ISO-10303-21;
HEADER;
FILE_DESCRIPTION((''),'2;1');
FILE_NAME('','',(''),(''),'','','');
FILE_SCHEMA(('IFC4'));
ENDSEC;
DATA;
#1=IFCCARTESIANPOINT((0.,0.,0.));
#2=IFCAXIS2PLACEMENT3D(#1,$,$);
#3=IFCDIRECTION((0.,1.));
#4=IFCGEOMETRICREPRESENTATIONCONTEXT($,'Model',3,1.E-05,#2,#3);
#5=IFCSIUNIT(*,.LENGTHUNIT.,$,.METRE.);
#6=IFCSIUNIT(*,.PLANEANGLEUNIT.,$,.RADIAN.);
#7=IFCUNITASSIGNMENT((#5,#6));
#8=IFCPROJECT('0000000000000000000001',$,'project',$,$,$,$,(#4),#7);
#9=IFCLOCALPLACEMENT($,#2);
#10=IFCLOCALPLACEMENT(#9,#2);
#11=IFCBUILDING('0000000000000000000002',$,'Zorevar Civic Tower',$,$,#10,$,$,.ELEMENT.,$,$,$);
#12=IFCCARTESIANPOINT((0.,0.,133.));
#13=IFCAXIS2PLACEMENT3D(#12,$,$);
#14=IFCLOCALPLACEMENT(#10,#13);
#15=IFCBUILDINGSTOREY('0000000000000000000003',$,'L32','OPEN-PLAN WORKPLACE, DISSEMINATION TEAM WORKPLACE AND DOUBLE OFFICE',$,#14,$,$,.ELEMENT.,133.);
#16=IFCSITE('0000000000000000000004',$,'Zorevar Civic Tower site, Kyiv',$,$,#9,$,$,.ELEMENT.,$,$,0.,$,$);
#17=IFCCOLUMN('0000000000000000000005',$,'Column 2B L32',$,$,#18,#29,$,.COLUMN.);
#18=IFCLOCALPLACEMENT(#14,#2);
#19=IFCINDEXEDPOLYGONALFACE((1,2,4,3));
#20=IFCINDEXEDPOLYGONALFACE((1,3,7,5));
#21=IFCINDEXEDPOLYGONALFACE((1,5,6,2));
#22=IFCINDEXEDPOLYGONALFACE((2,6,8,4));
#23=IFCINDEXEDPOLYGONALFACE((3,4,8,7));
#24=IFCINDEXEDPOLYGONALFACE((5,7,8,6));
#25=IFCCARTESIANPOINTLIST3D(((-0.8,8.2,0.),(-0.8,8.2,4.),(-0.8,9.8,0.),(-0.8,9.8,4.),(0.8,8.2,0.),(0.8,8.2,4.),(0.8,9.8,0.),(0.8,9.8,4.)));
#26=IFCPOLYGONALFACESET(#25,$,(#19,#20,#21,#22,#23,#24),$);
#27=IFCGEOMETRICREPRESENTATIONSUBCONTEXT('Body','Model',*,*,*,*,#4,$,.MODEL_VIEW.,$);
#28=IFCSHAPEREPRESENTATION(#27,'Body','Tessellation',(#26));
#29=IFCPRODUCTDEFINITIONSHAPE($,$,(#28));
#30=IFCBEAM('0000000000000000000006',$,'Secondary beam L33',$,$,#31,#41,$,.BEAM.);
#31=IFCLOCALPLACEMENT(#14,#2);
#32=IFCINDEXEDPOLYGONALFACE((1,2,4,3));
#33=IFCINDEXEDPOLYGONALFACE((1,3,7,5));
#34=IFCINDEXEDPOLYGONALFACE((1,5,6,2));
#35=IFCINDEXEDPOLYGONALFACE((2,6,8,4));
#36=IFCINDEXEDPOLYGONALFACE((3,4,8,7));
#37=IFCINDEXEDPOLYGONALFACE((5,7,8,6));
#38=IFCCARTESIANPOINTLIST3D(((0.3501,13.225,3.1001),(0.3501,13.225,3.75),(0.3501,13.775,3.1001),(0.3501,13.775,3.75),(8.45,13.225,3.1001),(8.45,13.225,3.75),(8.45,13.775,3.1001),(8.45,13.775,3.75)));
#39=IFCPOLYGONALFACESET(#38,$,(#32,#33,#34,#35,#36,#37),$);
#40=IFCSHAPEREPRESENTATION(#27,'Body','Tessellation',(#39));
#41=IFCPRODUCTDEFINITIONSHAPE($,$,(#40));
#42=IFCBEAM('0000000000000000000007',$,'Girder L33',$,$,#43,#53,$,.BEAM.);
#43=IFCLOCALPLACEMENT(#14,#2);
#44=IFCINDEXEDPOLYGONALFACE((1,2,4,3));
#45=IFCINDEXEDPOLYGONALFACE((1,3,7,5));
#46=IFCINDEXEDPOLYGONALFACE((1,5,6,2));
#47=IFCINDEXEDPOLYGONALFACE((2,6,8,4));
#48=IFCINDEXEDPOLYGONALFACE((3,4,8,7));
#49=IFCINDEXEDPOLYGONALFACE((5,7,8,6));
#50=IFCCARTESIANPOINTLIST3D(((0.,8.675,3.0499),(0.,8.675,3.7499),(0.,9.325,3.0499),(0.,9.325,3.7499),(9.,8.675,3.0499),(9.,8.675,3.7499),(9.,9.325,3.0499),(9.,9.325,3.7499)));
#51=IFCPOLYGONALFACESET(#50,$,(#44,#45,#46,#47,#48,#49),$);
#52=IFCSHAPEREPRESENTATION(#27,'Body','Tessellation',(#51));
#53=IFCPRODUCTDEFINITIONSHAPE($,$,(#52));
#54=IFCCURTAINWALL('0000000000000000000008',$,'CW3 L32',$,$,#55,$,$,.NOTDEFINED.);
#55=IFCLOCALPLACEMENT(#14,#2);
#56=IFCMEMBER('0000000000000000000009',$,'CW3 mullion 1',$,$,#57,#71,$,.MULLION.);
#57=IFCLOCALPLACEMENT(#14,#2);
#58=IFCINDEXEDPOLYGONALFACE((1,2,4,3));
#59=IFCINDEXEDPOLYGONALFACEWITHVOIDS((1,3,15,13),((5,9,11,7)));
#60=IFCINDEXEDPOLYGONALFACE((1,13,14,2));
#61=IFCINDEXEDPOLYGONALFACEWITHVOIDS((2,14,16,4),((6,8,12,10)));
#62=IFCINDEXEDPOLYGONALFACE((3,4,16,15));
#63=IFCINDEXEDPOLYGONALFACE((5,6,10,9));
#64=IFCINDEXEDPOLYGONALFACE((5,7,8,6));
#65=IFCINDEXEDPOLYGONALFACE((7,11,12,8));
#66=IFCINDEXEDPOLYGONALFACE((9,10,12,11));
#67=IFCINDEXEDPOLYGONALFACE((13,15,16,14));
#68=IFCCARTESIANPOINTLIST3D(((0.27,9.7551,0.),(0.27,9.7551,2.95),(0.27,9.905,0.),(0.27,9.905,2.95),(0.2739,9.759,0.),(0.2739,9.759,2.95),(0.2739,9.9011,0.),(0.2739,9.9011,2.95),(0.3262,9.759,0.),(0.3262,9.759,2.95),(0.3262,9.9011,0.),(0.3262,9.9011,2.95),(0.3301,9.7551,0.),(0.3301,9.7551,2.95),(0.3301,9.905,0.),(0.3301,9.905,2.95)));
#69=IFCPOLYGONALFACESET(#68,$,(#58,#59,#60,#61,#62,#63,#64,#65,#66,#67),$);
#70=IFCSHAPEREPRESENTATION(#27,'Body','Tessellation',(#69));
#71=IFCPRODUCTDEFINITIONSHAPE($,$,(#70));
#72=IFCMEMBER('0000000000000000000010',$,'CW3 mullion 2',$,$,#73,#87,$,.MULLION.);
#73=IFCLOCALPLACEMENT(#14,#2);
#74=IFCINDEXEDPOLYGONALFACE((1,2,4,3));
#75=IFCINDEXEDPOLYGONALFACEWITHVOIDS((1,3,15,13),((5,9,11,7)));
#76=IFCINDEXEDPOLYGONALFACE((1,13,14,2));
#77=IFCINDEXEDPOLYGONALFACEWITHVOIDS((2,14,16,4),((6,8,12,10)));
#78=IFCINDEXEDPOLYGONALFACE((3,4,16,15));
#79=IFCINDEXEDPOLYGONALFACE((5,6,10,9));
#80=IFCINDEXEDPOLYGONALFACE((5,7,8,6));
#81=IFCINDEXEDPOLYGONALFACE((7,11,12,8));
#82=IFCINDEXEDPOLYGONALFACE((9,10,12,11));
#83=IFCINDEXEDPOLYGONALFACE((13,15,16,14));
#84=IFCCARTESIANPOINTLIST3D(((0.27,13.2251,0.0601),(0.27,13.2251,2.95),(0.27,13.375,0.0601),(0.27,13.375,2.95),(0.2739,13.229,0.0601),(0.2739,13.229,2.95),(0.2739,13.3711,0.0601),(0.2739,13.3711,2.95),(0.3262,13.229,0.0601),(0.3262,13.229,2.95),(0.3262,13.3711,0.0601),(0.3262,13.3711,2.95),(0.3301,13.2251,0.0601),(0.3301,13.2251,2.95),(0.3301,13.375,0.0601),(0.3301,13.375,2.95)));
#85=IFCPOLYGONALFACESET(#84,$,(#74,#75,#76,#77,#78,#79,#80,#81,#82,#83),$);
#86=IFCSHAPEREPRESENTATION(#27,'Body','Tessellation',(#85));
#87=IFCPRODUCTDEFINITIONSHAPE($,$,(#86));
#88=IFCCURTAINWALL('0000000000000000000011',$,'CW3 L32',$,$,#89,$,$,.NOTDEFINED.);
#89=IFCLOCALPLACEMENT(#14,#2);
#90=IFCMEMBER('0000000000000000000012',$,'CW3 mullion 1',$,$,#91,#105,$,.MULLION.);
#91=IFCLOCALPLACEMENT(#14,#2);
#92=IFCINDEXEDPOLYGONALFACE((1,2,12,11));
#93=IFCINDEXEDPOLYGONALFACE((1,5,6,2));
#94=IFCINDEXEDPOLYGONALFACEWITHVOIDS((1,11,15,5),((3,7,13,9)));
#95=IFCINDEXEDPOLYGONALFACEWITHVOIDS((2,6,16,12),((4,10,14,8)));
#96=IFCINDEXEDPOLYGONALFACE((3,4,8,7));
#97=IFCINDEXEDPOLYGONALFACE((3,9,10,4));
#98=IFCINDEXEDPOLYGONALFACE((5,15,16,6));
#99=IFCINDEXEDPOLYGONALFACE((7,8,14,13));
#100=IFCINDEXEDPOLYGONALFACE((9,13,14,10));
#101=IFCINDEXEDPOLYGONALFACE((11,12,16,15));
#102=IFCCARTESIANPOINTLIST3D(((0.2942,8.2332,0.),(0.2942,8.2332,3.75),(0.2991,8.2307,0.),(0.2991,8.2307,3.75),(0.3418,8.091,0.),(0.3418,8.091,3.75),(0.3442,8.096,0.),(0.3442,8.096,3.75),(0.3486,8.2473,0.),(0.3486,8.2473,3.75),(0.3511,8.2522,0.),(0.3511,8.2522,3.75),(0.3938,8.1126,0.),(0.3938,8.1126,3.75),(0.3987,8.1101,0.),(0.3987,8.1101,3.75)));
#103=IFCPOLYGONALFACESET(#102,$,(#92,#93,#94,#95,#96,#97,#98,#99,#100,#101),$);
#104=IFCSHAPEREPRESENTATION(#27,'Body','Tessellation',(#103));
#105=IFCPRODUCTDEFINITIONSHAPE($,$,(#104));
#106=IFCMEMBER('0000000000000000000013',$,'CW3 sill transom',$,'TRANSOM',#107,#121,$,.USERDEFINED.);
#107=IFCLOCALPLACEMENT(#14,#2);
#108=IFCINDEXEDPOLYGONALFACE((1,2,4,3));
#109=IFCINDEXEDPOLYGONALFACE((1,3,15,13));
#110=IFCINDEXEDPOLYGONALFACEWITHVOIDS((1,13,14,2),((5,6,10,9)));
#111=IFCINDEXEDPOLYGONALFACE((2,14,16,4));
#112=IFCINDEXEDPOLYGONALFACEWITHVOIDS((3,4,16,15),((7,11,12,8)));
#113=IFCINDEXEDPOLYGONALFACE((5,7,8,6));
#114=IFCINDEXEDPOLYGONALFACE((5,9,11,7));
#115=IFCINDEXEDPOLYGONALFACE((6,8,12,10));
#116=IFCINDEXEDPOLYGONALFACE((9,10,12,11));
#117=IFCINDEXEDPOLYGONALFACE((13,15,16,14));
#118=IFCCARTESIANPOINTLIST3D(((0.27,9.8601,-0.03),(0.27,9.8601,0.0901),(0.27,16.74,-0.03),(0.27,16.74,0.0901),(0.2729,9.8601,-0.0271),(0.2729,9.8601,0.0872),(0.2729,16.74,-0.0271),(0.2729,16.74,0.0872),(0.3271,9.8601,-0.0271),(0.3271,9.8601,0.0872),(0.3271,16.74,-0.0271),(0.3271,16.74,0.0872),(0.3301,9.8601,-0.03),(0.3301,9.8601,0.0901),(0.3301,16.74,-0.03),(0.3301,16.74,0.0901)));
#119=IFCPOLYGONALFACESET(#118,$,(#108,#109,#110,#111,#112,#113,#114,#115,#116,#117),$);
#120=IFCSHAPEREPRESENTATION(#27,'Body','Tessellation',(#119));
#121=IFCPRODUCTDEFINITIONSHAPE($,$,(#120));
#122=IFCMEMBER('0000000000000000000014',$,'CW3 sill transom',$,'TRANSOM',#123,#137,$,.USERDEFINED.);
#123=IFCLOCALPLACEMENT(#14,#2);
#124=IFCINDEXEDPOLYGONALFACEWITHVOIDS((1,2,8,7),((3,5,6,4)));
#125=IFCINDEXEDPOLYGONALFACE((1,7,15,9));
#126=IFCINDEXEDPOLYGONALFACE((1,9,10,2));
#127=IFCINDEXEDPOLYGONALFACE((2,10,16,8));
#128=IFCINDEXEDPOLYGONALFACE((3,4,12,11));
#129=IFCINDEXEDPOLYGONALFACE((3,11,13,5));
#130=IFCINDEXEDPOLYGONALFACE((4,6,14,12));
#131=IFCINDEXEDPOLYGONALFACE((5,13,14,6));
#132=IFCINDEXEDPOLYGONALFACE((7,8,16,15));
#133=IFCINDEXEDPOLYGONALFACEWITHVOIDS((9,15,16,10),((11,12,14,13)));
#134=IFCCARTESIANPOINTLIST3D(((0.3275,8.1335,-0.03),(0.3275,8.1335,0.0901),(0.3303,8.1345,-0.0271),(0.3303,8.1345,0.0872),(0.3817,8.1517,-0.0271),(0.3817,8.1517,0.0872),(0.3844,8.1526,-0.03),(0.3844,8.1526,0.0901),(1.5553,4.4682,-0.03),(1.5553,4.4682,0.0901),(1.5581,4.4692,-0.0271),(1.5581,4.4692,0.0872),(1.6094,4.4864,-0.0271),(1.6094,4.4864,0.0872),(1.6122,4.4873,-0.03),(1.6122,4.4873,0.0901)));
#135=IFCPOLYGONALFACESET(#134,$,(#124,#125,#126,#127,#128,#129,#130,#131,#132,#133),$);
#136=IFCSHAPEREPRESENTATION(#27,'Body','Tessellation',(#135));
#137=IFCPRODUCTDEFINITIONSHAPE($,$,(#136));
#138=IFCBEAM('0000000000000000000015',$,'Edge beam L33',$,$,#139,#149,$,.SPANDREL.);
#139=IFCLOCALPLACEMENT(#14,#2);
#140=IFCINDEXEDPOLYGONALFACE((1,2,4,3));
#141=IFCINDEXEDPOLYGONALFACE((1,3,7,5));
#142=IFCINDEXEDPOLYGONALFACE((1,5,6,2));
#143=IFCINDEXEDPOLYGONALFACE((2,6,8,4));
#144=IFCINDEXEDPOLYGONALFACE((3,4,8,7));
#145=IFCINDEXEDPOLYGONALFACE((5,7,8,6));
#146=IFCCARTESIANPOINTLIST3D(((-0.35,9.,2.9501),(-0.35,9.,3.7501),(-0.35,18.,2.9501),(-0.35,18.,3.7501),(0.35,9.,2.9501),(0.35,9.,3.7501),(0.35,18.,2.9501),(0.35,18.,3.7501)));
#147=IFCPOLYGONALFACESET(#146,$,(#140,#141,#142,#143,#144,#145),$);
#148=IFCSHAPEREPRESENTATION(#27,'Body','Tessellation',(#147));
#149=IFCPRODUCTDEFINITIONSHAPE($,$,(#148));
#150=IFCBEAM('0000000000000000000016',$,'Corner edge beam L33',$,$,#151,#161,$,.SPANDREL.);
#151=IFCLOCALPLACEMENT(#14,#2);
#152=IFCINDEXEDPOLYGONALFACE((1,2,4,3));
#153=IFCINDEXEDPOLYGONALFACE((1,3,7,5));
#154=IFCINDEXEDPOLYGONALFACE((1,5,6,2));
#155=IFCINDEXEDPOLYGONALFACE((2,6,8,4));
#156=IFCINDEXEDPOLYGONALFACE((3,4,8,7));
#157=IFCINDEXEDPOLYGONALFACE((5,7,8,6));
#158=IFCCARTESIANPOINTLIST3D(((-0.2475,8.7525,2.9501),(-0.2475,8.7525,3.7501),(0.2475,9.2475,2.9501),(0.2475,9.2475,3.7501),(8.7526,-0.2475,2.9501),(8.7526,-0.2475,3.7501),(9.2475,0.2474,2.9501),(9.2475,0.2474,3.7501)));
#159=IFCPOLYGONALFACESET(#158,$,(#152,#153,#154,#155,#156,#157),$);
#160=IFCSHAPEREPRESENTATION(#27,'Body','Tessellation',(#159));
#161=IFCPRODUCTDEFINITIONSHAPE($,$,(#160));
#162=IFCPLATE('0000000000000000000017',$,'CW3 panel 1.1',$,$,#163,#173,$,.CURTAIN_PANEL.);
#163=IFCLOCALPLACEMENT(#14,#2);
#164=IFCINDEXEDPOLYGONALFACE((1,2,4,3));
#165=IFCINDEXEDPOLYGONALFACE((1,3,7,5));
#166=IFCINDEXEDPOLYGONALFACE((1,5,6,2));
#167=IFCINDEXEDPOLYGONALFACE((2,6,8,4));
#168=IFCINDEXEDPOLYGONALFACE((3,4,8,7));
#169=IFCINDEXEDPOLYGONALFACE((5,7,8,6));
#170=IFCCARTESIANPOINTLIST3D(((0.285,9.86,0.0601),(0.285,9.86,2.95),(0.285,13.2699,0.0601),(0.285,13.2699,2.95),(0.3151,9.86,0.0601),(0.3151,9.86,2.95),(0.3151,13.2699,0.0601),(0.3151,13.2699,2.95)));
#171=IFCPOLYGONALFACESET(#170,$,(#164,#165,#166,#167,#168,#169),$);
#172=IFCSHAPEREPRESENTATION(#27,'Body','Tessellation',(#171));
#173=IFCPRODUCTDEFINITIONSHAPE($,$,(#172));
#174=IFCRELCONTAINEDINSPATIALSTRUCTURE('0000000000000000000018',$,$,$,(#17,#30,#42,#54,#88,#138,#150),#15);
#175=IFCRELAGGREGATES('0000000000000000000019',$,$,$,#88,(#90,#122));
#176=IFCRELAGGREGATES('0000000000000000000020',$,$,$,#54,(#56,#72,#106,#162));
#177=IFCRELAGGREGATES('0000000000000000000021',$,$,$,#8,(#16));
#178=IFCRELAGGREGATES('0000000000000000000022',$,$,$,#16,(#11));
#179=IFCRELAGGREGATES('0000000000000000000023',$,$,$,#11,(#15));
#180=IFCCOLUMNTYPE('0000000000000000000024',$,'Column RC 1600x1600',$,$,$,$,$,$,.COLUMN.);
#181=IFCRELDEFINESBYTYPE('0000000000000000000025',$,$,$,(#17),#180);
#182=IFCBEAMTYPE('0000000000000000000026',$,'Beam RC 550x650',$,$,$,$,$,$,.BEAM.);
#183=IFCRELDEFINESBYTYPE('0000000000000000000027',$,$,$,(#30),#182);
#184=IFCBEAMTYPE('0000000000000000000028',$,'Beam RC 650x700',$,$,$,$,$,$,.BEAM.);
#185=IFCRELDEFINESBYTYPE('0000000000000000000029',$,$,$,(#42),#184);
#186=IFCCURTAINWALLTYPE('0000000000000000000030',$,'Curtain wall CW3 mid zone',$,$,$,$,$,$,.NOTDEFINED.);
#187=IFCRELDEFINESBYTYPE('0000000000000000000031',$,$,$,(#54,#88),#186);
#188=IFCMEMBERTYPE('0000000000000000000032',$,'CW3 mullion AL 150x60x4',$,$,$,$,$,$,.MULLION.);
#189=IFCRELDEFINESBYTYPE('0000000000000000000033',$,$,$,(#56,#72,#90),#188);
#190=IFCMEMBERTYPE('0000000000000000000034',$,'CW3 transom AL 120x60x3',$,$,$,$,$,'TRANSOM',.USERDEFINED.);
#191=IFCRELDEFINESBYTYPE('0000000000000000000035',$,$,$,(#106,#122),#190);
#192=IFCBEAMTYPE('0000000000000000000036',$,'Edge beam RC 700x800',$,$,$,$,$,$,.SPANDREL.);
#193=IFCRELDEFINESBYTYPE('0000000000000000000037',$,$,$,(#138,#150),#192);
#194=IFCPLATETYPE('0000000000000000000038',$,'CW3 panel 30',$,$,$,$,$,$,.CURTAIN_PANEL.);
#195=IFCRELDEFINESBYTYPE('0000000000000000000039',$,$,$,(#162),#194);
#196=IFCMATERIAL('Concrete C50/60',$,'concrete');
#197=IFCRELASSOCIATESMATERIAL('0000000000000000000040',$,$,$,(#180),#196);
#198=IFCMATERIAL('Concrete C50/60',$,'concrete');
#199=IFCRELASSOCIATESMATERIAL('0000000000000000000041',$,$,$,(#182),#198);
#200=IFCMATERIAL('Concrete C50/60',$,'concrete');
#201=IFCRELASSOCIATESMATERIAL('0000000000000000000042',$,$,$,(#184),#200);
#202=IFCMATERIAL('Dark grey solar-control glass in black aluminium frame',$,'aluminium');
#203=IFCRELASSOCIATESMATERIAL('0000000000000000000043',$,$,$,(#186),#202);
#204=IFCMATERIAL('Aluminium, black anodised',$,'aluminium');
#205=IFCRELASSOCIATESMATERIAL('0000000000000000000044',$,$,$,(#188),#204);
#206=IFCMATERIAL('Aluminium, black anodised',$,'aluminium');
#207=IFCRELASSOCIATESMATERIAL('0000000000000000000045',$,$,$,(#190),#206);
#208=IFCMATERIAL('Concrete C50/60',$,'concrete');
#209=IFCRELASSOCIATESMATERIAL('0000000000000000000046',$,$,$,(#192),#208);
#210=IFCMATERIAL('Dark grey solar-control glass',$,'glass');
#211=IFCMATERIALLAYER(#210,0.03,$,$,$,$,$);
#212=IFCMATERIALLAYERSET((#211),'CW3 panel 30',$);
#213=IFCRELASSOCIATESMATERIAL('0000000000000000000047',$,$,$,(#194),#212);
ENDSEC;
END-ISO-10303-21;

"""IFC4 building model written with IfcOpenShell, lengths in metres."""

from ifc_helpers import new_model, si_unit, direction, frame, origin, origin_2d, place, context, subcontext, project, spatial, rectangle, hollow_rectangle, extrude, material, layer, layer_set, material_profile, profile_set, type_object, element, aggregate, save


model = new_model("IFC4")

# Units and contexts
model_context = context("Model", 3, precision=1e-05, world=origin(), true_north=direction((0.0, 1.0)))
body_context = subcontext(model_context, "Body", "Model", "MODEL_VIEW")
ifc_project = project(units=[si_unit("LENGTHUNIT", "METRE"), si_unit("PLANEANGLEUNIT", "RADIAN")], contexts=[model_context])

# Site, building, storey
site_placement = place(None, origin())
site = spatial("IfcSite", under=ifc_project, at=site_placement, Name="Zorevar Civic Tower site, Kyiv", CompositionType="ELEMENT", RefElevation=0.0)
building_placement = place(site_placement, origin())
building = spatial("IfcBuilding", under=site, at=building_placement, Name="Zorevar Civic Tower", CompositionType="ELEMENT")
storey_placement = place(building_placement, frame((0.0, 0.0, 133.0)))
storey = spatial("IfcBuildingStorey", under=building, at=storey_placement, Name="L32", Description="OPEN-PLAN WORKPLACE, DISSEMINATION TEAM WORKPLACE AND DOUBLE OFFICE", CompositionType="ELEMENT", Elevation=133.0)

# Column
ifc_material_1 = material(Name="Concrete C50/60", Category="concrete")
ifc_material_profile_1 = material_profile(ifc_material_1, rectangle(XDim=1.6001, YDim=1.6001, at=origin_2d()), Name="RC 1600x1600")
ifc_profile_set_1 = profile_set([ifc_material_profile_1], Name="Concrete C50/60")
column_type = type_object("IfcColumnType", Name="Column RC 1600x1600", PredefinedType="COLUMN", material=ifc_profile_set_1)
column_placement = place(storey_placement, frame((0.0, 9.0, 0.0), z_axis=(0.0, 0.0, 1.0), x_axis=(1.0, 0.0, 0.0)))
element("IfcColumn", 1, at=column_placement, inside=storey, type_object=column_type, Name="Column 2B L32", PredefinedType="COLUMN", context=body_context, shape_type="SweptSolid", body=[
    extrude(rectangle(XDim=1.6001, YDim=1.6001, at=origin_2d()), origin(), (0.0, 0.0, 1.0), 4.0),
])

# Beams
ifc_material_2 = material(Name="Concrete C50/60", Category="concrete")
ifc_material_profile_2 = material_profile(ifc_material_2, rectangle(XDim=0.55, YDim=0.6499, at=origin_2d()), Name="RC 550x650")
ifc_profile_set_2 = profile_set([ifc_material_profile_2], Name="Concrete C50/60")
beam_type_1 = type_object("IfcBeamType", Name="Beam RC 550x650", PredefinedType="BEAM", material=ifc_profile_set_2)
beam_1_placement = place(storey_placement, frame((0.3501, 13.5, 3.425), z_axis=(1.0, 0.0, 0.0), x_axis=(0.0, 1.0, 0.0)))
element("IfcBeam", 2, at=beam_1_placement, inside=storey, type_object=beam_type_1, Name="Secondary beam L33", PredefinedType="BEAM", context=body_context, shape_type="SweptSolid", body=[
    extrude(rectangle(XDim=0.55, YDim=0.6499, at=origin_2d()), origin(), (0.0, 0.0, 1.0), 8.0999),
])
ifc_material_3 = material(Name="Concrete C50/60", Category="concrete")
ifc_material_profile_3 = material_profile(ifc_material_3, rectangle(XDim=0.6499, YDim=0.7, at=origin_2d()), Name="RC 650x700")
ifc_profile_set_3 = profile_set([ifc_material_profile_3], Name="Concrete C50/60")
beam_type_2 = type_object("IfcBeamType", Name="Beam RC 650x700", PredefinedType="BEAM", material=ifc_profile_set_3)
beam_2_placement = place(storey_placement, frame((0.0, 9.0, 3.3999), z_axis=(1.0, 0.0, 0.0), x_axis=(0.0, 1.0, 0.0)))
element("IfcBeam", 3, at=beam_2_placement, inside=storey, type_object=beam_type_2, Name="Girder L33", PredefinedType="BEAM", context=body_context, shape_type="SweptSolid", body=[
    extrude(rectangle(XDim=0.6499, YDim=0.7, at=origin_2d()), origin(), (0.0, 0.0, 1.0), 9.0),
])

# Curtain wall, members
ifc_material_4 = material(Name="Dark grey solar-control glass in black aluminium frame", Category="aluminium")
curtain_wall_type = type_object("IfcCurtainWallType", Name="Curtain wall CW3 mid zone", PredefinedType="NOTDEFINED", material=ifc_material_4)
curtain_wall_1_placement = place(storey_placement, origin())
curtain_wall_1 = element("IfcCurtainWall", 4, at=curtain_wall_1_placement, inside=storey, type_object=curtain_wall_type, Name="CW3 L32", PredefinedType="NOTDEFINED")
ifc_material_5 = material(Name="Aluminium, black anodised", Category="aluminium")
ifc_material_profile_4 = material_profile(ifc_material_5, hollow_rectangle(XDim=0.0601, YDim=0.1499, WallThickness=0.0039, at=origin_2d()), Name="AL 150x60x4")
ifc_profile_set_4 = profile_set([ifc_material_profile_4], Name="Aluminium, black anodised")
member_type_1 = type_object("IfcMemberType", Name="CW3 mullion AL 150x60x4", PredefinedType="MULLION", material=ifc_profile_set_4)
member_1_placement = place(storey_placement, frame((0.3, 9.8301, 0.0), z_axis=(0.0, 0.0, 1.0), x_axis=(-1.0, 0.0, 0.0)))
member_1 = element("IfcMember", 5, at=member_1_placement, type_object=member_type_1, Name="CW3 mullion 1", PredefinedType="MULLION", context=body_context, shape_type="SweptSolid", body=[
    extrude(hollow_rectangle(XDim=0.0601, YDim=0.1499, WallThickness=0.0039, at=origin_2d()), origin(), (0.0, 0.0, 1.0), 2.95),
])
member_2_placement = place(storey_placement, frame((0.3, 13.3, 0.0601), z_axis=(0.0, 0.0, 1.0), x_axis=(-1.0, 0.0, 0.0)))
member_2 = element("IfcMember", 6, at=member_2_placement, type_object=member_type_1, Name="CW3 mullion 2", PredefinedType="MULLION", context=body_context, shape_type="SweptSolid", body=[
    extrude(hollow_rectangle(XDim=0.0601, YDim=0.1499, WallThickness=0.0039, at=origin_2d()), origin(), (0.0, 0.0, 1.0), 2.8899),
])

# Curtain wall, member
curtain_wall_2_placement = place(storey_placement, origin())
curtain_wall_2 = element("IfcCurtainWall", 7, at=curtain_wall_2_placement, inside=storey, type_object=curtain_wall_type, Name="CW3 L32", PredefinedType="NOTDEFINED")
member_3_placement = place(storey_placement, frame((0.3464, 8.1716, 0.0), z_axis=(0.0, 0.0, 1.0), x_axis=(0.948227, 0.317593, 0.0)))
member_3 = element("IfcMember", 8, at=member_3_placement, type_object=member_type_1, Name="CW3 mullion 1", PredefinedType="MULLION", context=body_context, shape_type="SweptSolid", body=[
    extrude(hollow_rectangle(XDim=0.0601, YDim=0.1499, WallThickness=0.0039, at=origin_2d()), origin(), (0.0, 0.0, 1.0), 3.75),
])

# Members
ifc_material_6 = material(Name="Aluminium, black anodised", Category="aluminium")
ifc_material_profile_5 = material_profile(ifc_material_6, hollow_rectangle(XDim=0.0601, YDim=0.1201, WallThickness=0.0029, at=origin_2d()), Name="AL 120x60x3")
ifc_profile_set_5 = profile_set([ifc_material_profile_5], Name="Aluminium, black anodised")
member_type_2 = type_object("IfcMemberType", Name="CW3 transom AL 120x60x3", ElementType="TRANSOM", PredefinedType="USERDEFINED", material=ifc_profile_set_5)
member_4_placement = place(storey_placement, frame((0.3, 9.8601, 0.03), z_axis=(0.0, 1.0, 0.0), x_axis=(-1.0, 0.0, 0.0)))
member_4 = element("IfcMember", 9, at=member_4_placement, type_object=member_type_2, Name="CW3 sill transom", ObjectType="TRANSOM", PredefinedType="USERDEFINED", context=body_context, shape_type="SweptSolid", body=[
    extrude(hollow_rectangle(XDim=0.0601, YDim=0.1201, WallThickness=0.0029, at=origin_2d()), origin(), (0.0, 0.0, 1.0), 6.8799),
])
member_5_placement = place(storey_placement, frame((0.356, 8.1431, 0.03), z_axis=(0.31763, -0.948215, 0.0), x_axis=(0.948215, 0.31763, 0.0)))
member_5 = element("IfcMember", 10, at=member_5_placement, type_object=member_type_2, Name="CW3 sill transom", ObjectType="TRANSOM", PredefinedType="USERDEFINED", context=body_context, shape_type="SweptSolid", body=[
    extrude(hollow_rectangle(XDim=0.0601, YDim=0.1201, WallThickness=0.0029, at=origin_2d()), origin(), (0.0, 0.0, 1.0), 3.8655),
])
aggregate(curtain_wall_2, [member_3, member_5])

# Beams
ifc_material_7 = material(Name="Concrete C50/60", Category="concrete")
ifc_material_profile_6 = material_profile(ifc_material_7, rectangle(XDim=0.7, YDim=0.8, at=origin_2d()), Name="RC 700x800")
ifc_profile_set_6 = profile_set([ifc_material_profile_6], Name="Concrete C50/60")
beam_type_3 = type_object("IfcBeamType", Name="Edge beam RC 700x800", PredefinedType="SPANDREL", material=ifc_profile_set_6)
beam_3_placement = place(storey_placement, frame((0.0, 9.0, 3.3501), z_axis=(0.0, 1.0, 0.0), x_axis=(-1.0, 0.0, 0.0)))
element("IfcBeam", 11, at=beam_3_placement, inside=storey, type_object=beam_type_3, Name="Edge beam L33", PredefinedType="SPANDREL", context=body_context, shape_type="SweptSolid", body=[
    extrude(rectangle(XDim=0.7, YDim=0.8, at=origin_2d()), origin(), (0.0, 0.0, 1.0), 9.0),
])
beam_4_placement = place(storey_placement, frame((0.0, 9.0, 3.3501), z_axis=(0.707107, -0.707107, 0.0), x_axis=(0.707107, 0.707107, 0.0)))
element("IfcBeam", 12, at=beam_4_placement, inside=storey, type_object=beam_type_3, Name="Corner edge beam L33", PredefinedType="SPANDREL", context=body_context, shape_type="SweptSolid", body=[
    extrude(rectangle(XDim=0.7, YDim=0.8, at=origin_2d()), origin(), (0.0, 0.0, 1.0), 12.728),
])

# Plate
ifc_material_8 = material(Name="Dark grey solar-control glass", Category="glass")
ifc_layer_1 = layer(ifc_material_8, 0.03)
ifc_layer_set_1 = layer_set([ifc_layer_1], Name="CW3 panel 30")
plate_type = type_object("IfcPlateType", Name="CW3 panel 30", PredefinedType="CURTAIN_PANEL", material=ifc_layer_set_1)
plate_placement = place(storey_placement, frame((0.3, 11.5649, 0.0601), z_axis=(0.0, 0.0, 1.0), x_axis=(0.0, 1.0, 0.0)))
plate = element("IfcPlate", 13, at=plate_placement, type_object=plate_type, Name="CW3 panel 1.1", PredefinedType="CURTAIN_PANEL", context=body_context, shape_type="SweptSolid", body=[
    extrude(rectangle(XDim=3.4099, YDim=0.03, at=origin_2d()), origin(), (0.0, 0.0, 1.0), 2.8899),
])
aggregate(curtain_wall_1, [member_1, member_2, member_4, plate])

save(model, "model.ifc")
